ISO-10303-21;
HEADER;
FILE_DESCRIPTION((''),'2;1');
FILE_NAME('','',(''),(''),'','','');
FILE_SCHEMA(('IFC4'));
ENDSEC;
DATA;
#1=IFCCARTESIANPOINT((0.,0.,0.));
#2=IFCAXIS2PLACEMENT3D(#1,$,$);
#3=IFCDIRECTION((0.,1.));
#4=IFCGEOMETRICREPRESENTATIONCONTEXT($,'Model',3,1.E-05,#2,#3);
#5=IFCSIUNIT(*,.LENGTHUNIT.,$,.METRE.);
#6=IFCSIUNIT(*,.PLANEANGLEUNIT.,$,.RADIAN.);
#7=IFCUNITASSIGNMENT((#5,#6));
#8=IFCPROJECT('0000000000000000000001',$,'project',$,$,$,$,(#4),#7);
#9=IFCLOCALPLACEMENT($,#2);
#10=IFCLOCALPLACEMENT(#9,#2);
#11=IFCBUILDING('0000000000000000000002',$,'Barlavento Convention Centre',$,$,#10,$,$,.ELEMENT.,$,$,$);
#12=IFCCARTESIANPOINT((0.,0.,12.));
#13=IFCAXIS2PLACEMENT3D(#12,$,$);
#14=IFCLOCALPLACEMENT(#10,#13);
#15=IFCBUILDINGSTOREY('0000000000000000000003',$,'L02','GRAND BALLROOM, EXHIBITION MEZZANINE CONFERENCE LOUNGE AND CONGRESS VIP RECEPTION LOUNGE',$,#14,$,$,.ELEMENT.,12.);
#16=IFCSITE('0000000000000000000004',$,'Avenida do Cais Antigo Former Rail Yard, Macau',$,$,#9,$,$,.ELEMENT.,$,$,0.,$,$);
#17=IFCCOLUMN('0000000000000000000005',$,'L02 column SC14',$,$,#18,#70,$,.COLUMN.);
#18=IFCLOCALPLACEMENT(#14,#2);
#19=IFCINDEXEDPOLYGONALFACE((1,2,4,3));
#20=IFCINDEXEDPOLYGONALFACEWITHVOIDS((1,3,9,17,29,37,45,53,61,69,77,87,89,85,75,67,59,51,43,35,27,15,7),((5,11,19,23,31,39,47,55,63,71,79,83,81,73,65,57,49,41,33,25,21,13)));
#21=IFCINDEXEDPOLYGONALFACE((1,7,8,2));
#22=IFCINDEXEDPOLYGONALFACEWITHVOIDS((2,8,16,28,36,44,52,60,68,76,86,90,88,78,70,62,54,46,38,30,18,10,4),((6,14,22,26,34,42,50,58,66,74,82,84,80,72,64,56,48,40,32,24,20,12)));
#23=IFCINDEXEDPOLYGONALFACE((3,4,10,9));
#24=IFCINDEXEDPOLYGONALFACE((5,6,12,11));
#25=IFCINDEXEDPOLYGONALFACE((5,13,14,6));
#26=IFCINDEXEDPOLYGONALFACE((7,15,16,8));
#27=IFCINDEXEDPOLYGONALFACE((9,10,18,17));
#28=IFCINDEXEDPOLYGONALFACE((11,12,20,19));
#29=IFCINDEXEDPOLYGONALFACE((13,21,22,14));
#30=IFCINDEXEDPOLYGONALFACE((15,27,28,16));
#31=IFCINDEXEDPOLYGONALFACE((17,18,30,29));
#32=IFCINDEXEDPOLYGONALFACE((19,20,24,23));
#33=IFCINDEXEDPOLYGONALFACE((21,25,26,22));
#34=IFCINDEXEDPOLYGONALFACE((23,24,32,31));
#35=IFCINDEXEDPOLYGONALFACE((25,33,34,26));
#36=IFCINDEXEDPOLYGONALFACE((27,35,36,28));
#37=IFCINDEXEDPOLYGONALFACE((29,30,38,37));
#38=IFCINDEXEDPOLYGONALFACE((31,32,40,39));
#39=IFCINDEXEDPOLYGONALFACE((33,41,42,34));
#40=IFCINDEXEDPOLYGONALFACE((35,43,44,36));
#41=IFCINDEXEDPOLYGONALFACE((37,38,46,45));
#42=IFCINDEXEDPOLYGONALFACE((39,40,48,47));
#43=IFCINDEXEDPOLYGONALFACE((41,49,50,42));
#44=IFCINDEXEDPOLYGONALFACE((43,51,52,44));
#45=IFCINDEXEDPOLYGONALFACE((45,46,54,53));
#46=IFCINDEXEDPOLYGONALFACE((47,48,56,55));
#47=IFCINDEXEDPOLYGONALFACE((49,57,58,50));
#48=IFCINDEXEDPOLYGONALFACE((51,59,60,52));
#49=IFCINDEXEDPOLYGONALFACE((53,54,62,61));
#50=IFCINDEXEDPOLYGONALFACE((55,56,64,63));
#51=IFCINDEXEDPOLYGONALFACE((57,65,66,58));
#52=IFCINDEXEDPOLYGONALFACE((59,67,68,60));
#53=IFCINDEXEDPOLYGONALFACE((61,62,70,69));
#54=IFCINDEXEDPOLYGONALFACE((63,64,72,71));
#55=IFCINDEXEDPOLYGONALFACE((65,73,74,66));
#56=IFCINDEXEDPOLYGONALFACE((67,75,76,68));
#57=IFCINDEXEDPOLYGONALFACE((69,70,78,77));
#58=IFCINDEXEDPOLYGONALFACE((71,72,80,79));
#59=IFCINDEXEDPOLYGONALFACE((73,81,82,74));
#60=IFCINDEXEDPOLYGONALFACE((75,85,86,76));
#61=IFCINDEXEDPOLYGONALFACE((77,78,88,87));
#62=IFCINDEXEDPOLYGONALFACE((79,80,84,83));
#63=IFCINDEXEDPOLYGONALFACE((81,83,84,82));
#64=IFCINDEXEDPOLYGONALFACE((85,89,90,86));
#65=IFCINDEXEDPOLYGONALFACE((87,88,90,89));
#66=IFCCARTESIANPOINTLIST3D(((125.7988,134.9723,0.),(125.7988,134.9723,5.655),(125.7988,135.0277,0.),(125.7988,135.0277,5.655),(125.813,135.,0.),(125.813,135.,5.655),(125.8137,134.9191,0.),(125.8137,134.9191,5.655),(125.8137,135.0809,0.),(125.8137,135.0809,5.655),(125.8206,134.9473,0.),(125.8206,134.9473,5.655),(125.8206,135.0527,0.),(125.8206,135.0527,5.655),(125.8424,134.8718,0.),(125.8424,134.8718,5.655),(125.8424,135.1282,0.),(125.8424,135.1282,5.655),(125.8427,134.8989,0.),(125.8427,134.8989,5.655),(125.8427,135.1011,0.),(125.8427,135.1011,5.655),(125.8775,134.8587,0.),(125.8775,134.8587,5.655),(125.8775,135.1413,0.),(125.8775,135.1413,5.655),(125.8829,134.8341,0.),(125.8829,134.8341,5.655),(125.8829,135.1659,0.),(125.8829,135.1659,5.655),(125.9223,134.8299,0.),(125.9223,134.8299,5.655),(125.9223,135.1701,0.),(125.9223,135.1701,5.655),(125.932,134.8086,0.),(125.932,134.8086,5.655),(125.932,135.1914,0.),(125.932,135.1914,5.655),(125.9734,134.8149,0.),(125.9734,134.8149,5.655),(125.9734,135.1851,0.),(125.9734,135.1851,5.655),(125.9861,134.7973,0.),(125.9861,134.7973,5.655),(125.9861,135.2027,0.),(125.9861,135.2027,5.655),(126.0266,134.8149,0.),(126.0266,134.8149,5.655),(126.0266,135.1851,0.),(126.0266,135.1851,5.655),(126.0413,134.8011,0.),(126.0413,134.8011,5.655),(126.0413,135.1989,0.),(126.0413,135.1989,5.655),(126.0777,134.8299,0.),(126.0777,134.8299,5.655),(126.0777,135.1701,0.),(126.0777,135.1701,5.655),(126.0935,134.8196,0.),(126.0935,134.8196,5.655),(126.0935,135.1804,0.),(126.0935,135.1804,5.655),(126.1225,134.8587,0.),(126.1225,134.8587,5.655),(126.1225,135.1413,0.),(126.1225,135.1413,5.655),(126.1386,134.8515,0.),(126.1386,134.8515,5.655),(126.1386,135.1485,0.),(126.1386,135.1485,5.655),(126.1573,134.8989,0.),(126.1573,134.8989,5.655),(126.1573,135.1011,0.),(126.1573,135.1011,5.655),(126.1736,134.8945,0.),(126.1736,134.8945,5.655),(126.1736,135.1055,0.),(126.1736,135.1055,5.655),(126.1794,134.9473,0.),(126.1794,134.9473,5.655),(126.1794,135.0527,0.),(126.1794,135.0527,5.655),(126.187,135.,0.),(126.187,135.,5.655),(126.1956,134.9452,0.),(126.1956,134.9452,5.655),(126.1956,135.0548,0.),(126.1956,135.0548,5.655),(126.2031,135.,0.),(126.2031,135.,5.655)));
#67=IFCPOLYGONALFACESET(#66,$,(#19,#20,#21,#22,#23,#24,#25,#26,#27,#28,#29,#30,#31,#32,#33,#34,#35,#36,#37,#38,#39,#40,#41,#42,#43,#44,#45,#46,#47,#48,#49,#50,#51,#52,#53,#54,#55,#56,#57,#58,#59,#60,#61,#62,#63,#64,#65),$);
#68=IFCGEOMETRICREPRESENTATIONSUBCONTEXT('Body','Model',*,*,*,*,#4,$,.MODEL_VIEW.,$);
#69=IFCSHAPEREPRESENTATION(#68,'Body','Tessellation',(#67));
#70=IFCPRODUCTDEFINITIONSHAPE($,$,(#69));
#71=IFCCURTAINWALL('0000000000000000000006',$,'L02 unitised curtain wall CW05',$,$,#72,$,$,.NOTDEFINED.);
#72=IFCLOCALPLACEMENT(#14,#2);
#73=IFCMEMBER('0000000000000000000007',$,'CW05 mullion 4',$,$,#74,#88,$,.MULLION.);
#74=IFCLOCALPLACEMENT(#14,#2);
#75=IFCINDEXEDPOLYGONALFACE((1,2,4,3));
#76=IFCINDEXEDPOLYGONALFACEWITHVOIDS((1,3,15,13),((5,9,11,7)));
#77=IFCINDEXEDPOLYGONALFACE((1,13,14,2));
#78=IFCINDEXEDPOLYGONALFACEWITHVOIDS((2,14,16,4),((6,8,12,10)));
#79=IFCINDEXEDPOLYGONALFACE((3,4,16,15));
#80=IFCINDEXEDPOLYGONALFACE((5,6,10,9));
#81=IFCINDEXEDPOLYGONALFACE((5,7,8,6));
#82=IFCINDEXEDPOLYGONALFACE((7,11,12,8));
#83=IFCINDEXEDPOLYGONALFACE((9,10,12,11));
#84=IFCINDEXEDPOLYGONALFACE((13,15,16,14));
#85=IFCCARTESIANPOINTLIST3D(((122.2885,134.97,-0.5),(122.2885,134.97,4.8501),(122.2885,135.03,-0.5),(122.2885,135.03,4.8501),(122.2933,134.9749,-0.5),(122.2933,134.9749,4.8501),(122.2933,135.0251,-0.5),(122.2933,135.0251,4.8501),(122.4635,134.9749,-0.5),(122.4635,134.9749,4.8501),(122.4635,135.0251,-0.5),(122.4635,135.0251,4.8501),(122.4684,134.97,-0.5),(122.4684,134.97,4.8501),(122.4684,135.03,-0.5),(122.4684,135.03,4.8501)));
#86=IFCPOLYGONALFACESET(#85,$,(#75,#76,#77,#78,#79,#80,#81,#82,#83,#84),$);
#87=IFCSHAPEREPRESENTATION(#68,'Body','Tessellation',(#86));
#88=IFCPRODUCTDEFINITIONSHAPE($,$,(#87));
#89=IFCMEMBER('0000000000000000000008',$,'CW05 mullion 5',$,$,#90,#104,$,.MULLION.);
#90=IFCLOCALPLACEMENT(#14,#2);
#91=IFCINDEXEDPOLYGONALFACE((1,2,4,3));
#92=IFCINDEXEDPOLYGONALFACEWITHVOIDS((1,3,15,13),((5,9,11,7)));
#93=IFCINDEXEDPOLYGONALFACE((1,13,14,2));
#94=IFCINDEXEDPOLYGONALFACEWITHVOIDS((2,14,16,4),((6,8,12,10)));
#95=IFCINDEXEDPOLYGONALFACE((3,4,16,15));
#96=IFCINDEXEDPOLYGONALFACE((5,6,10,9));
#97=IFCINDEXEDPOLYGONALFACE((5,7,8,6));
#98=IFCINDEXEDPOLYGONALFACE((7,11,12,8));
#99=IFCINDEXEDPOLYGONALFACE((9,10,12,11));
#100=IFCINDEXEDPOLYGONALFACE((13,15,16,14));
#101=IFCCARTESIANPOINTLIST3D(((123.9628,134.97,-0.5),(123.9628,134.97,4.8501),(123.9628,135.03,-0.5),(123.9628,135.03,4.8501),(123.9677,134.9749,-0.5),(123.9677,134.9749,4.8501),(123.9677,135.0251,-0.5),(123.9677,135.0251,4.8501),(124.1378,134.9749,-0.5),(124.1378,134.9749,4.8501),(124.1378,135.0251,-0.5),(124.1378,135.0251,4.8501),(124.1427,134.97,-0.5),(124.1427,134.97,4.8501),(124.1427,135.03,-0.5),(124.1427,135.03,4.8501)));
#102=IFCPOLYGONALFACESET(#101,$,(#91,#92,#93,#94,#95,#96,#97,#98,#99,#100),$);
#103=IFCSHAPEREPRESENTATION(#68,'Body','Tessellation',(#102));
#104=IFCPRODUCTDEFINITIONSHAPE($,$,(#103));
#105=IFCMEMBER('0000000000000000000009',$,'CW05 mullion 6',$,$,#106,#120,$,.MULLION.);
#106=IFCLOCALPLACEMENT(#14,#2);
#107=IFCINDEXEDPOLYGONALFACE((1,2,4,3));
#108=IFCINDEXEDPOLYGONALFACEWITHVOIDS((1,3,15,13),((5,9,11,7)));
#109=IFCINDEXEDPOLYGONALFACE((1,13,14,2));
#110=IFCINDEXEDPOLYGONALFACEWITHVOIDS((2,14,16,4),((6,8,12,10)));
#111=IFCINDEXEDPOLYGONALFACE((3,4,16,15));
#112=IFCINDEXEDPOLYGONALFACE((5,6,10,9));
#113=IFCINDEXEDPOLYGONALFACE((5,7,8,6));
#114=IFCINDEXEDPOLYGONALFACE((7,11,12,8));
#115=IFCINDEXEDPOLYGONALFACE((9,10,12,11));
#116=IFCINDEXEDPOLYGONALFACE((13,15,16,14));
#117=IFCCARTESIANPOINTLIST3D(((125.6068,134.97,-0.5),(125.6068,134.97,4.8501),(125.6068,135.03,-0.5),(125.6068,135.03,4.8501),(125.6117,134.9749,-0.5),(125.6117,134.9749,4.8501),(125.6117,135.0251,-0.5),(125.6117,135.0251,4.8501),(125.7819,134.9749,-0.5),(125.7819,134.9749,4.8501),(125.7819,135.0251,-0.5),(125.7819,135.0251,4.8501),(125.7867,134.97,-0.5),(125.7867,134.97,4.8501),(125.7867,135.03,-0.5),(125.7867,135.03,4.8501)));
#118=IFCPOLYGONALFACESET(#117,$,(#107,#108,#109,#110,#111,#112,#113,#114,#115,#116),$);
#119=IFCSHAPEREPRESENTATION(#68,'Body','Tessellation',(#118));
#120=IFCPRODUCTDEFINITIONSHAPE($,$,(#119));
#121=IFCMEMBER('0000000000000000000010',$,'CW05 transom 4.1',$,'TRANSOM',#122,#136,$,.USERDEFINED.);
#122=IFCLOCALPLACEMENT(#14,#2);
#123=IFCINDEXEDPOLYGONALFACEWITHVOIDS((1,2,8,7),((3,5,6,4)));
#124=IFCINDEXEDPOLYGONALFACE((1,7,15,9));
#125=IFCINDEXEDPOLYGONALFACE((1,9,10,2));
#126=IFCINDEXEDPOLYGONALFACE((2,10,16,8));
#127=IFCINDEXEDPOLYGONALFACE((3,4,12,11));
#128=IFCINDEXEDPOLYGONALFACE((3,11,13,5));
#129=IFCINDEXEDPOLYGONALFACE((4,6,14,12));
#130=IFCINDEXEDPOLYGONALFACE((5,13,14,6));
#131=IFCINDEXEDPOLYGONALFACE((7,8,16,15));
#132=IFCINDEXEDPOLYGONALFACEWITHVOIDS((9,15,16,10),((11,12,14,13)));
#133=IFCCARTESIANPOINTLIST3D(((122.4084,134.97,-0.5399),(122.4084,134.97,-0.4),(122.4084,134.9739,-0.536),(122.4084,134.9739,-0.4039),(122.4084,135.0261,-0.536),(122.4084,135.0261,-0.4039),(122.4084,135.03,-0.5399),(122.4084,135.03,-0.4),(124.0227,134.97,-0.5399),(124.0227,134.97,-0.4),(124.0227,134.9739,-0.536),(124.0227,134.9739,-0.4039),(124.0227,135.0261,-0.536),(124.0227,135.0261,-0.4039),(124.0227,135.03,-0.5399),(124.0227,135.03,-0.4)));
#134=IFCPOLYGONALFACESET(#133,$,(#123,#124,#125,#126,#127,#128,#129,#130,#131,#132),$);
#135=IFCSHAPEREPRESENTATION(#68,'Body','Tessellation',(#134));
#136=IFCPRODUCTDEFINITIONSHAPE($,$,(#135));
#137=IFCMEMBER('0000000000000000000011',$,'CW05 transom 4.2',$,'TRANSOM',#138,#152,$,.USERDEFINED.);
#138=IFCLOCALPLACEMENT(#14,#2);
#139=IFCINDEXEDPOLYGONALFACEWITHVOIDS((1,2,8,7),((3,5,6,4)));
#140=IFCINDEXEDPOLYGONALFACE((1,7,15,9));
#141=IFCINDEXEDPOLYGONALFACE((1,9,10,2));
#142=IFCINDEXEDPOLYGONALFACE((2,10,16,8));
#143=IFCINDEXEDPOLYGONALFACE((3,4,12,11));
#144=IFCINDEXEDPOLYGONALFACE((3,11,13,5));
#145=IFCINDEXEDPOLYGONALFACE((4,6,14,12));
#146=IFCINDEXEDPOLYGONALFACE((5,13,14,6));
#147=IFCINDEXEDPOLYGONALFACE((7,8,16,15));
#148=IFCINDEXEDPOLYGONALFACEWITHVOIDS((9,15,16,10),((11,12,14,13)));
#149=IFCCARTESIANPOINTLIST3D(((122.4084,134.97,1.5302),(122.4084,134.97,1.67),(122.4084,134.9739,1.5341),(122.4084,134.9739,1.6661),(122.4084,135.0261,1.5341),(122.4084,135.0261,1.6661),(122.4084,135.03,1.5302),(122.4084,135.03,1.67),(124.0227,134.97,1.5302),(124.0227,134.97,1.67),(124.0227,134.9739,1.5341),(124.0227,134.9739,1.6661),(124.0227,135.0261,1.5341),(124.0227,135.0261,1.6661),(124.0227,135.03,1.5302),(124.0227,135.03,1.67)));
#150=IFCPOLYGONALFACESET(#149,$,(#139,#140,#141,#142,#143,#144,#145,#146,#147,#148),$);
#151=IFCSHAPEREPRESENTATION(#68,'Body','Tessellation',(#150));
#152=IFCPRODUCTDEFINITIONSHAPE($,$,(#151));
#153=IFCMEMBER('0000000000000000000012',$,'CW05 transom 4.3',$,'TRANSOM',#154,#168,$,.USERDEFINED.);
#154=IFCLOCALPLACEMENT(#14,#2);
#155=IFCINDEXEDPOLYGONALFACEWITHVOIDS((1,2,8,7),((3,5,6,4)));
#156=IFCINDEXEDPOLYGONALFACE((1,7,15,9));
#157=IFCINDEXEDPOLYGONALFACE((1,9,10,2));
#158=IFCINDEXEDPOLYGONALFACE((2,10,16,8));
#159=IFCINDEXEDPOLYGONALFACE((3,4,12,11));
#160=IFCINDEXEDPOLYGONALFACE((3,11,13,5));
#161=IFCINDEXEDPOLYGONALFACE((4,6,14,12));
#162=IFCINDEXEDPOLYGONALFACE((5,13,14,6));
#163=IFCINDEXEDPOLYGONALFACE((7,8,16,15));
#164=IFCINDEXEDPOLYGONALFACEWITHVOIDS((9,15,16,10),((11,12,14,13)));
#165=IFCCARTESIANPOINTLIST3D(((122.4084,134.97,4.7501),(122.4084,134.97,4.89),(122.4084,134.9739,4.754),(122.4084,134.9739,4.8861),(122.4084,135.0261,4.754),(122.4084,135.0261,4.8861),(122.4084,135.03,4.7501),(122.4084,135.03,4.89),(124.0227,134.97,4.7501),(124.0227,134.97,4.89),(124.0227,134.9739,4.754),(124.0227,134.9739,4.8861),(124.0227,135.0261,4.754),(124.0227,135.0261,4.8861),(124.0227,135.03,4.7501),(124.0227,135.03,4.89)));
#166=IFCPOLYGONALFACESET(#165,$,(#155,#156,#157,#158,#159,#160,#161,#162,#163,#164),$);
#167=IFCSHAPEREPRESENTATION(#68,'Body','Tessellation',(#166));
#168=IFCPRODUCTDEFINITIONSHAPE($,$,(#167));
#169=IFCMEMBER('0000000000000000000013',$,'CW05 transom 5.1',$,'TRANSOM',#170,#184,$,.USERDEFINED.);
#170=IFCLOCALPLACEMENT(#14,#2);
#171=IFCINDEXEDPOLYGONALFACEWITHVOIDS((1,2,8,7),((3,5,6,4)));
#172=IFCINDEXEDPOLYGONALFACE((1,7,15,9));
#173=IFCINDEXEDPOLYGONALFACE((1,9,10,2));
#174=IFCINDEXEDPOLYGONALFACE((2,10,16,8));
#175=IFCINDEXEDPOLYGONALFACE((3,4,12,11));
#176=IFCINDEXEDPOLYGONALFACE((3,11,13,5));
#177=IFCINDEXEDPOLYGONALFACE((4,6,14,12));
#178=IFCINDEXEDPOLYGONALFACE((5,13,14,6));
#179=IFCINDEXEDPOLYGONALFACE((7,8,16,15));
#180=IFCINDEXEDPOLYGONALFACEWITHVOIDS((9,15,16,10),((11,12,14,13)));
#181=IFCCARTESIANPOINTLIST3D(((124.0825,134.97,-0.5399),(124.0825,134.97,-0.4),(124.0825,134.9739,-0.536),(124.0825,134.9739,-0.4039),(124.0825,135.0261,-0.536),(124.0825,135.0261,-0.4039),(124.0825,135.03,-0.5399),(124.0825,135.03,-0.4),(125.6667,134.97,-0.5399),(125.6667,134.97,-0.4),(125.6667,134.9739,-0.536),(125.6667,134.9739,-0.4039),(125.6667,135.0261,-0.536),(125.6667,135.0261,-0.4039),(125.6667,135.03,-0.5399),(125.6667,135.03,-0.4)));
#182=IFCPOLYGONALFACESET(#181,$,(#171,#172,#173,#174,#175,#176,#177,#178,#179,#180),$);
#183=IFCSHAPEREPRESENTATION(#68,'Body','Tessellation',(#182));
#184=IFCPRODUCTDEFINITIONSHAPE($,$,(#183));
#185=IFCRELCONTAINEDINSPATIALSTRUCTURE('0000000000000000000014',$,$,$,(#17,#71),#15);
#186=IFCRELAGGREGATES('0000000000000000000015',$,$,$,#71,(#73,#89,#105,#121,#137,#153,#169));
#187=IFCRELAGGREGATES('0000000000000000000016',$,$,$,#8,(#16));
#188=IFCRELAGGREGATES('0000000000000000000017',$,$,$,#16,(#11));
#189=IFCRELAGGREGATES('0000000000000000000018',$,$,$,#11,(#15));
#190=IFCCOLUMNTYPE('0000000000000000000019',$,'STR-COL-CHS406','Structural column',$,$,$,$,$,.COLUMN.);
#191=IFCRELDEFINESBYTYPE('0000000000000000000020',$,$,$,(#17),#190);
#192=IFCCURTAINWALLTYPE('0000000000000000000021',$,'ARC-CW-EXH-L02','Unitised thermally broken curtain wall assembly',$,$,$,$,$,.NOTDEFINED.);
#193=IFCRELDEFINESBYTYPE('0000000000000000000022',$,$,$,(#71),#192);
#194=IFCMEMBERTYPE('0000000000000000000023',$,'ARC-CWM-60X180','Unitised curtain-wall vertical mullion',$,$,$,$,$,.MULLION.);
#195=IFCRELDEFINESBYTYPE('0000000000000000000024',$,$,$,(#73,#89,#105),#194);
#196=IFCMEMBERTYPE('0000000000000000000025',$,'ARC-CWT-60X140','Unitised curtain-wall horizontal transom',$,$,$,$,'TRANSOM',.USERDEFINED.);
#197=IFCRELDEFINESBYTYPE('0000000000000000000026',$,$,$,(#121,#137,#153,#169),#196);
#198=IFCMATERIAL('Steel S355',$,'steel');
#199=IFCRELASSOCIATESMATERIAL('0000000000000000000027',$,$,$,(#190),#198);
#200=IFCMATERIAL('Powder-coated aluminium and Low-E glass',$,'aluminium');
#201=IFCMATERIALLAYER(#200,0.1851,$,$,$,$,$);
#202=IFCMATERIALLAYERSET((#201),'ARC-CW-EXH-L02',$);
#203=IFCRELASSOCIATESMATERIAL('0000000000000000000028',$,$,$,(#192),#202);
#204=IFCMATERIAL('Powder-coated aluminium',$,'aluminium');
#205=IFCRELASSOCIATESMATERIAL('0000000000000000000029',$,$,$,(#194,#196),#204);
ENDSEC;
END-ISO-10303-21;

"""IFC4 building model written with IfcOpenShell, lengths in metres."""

from ifc_helpers import new_model, si_unit, direction, frame, origin, origin_2d, place, context, subcontext, project, spatial, hollow_rectangle, hollow_circle, extrude, material, layer, layer_set, material_profile, profile_set, type_object, element, aggregate, save


model = new_model("IFC4")

# Units and contexts
model_context = context("Model", 3, precision=1e-05, world=origin(), true_north=direction((0.0, 1.0)))
body_context = subcontext(model_context, "Body", "Model", "MODEL_VIEW")
ifc_project = project(units=[si_unit("LENGTHUNIT", "METRE"), si_unit("PLANEANGLEUNIT", "RADIAN")], contexts=[model_context])

# Site, building, storey
site_placement = place(None, origin())
site = spatial("IfcSite", under=ifc_project, at=site_placement, Name="Avenida do Cais Antigo Former Rail Yard, Macau", CompositionType="ELEMENT", RefElevation=0.0)
building_placement = place(site_placement, origin())
building = spatial("IfcBuilding", under=site, at=building_placement, Name="Barlavento Convention Centre", CompositionType="ELEMENT")
storey_placement = place(building_placement, frame((0.0, 0.0, 12.0)))
storey = spatial("IfcBuildingStorey", under=building, at=storey_placement, Name="L02", Description="GRAND BALLROOM, EXHIBITION MEZZANINE CONFERENCE LOUNGE AND CONGRESS VIP RECEPTION LOUNGE", CompositionType="ELEMENT", Elevation=12.0)

# Column
ifc_material_1 = material(Name="Steel S355", Category="steel")
ifc_material_profile_1 = material_profile(ifc_material_1, hollow_circle(Radius=0.2031, WallThickness=0.0161, at=origin_2d()), Name="CHS 406.4x16.0")
ifc_profile_set_1 = profile_set([ifc_material_profile_1], Name="Steel S355")
column_type = type_object("IfcColumnType", Name="STR-COL-CHS406", Description="Structural column", PredefinedType="COLUMN", material=ifc_profile_set_1)
column_placement = place(storey_placement, frame((126.0, 135.0, 0.0), z_axis=(0.0, 0.0, 1.0), x_axis=(1.0, 0.0, 0.0)))
element("IfcColumn", 1, at=column_placement, inside=storey, type_object=column_type, Name="L02 column SC14", PredefinedType="COLUMN", context=body_context, shape_type="SweptSolid", body=[
    extrude(hollow_circle(Radius=0.2031, WallThickness=0.0161, at=origin_2d()), origin(), (0.0, 0.0, 1.0), 5.655),
])

# Curtain wall, members
ifc_material_2 = material(Name="Powder-coated aluminium and Low-E glass", Category="aluminium")
ifc_layer_1 = layer(ifc_material_2, 0.1851)
ifc_layer_set_1 = layer_set([ifc_layer_1], Name="ARC-CW-EXH-L02")
curtain_wall_type = type_object("IfcCurtainWallType", Name="ARC-CW-EXH-L02", Description="Unitised thermally broken curtain wall assembly", PredefinedType="NOTDEFINED", material=ifc_layer_set_1)
curtain_wall_placement = place(storey_placement, origin())
curtain_wall = element("IfcCurtainWall", 2, at=curtain_wall_placement, inside=storey, type_object=curtain_wall_type, Name="L02 unitised curtain wall CW05", PredefinedType="NOTDEFINED")
ifc_material_3 = material(Name="Powder-coated aluminium", Category="aluminium")
ifc_material_profile_2 = material_profile(ifc_material_3, hollow_rectangle(XDim=0.0601, YDim=0.1799, WallThickness=0.0049, at=origin_2d()), Name="AL-MULL 60x180x5")
ifc_profile_set_2 = profile_set([ifc_material_profile_2], Name="Powder-coated aluminium")
member_type_1 = type_object("IfcMemberType", Name="ARC-CWM-60X180", Description="Unitised curtain-wall vertical mullion", PredefinedType="MULLION", material=ifc_profile_set_2)
member_1_placement = place(storey_placement, frame((122.3784, 135.0, -0.5), z_axis=(0.0, 0.0, 1.0), x_axis=(0.0, 1.0, 0.0)))
member_1 = element("IfcMember", 3, at=member_1_placement, type_object=member_type_1, Name="CW05 mullion 4", PredefinedType="MULLION", context=body_context, shape_type="SweptSolid", body=[
    extrude(hollow_rectangle(XDim=0.0601, YDim=0.1799, WallThickness=0.0049, at=origin_2d()), origin(), (0.0, 0.0, 1.0), 5.3501),
])
member_2_placement = place(storey_placement, frame((124.0527, 135.0, -0.5), z_axis=(0.0, 0.0, 1.0), x_axis=(0.0, 1.0, 0.0)))
member_2 = element("IfcMember", 4, at=member_2_placement, type_object=member_type_1, Name="CW05 mullion 5", PredefinedType="MULLION", context=body_context, shape_type="SweptSolid", body=[
    extrude(hollow_rectangle(XDim=0.0601, YDim=0.1799, WallThickness=0.0049, at=origin_2d()), origin(), (0.0, 0.0, 1.0), 5.3501),
])
member_3_placement = place(storey_placement, frame((125.6968, 135.0, -0.5), z_axis=(0.0, 0.0, 1.0), x_axis=(0.0, 1.0, 0.0)))
member_3 = element("IfcMember", 5, at=member_3_placement, type_object=member_type_1, Name="CW05 mullion 6", PredefinedType="MULLION", context=body_context, shape_type="SweptSolid", body=[
    extrude(hollow_rectangle(XDim=0.0601, YDim=0.1799, WallThickness=0.0049, at=origin_2d()), origin(), (0.0, 0.0, 1.0), 5.3501),
])
ifc_material_profile_3 = material_profile(ifc_material_3, hollow_rectangle(XDim=0.0601, YDim=0.1399, WallThickness=0.0039, at=origin_2d()), Name="AL-TRAN 60x140x4")
ifc_profile_set_3 = profile_set([ifc_material_profile_3], Name="Powder-coated aluminium")
member_type_2 = type_object("IfcMemberType", Name="ARC-CWT-60X140", Description="Unitised curtain-wall horizontal transom", ElementType="TRANSOM", PredefinedType="USERDEFINED", material=ifc_profile_set_3)
member_4_placement = place(storey_placement, frame((122.4084, 135.0, -0.47), z_axis=(1.0, 0.0, 0.0), x_axis=(0.0, 1.0, 0.0)))
member_4 = element("IfcMember", 6, at=member_4_placement, type_object=member_type_2, Name="CW05 transom 4.1", ObjectType="TRANSOM", PredefinedType="USERDEFINED", context=body_context, shape_type="SweptSolid", body=[
    extrude(hollow_rectangle(XDim=0.0601, YDim=0.1399, WallThickness=0.0039, at=origin_2d()), origin(), (0.0, 0.0, 1.0), 1.6143),
])
member_5_placement = place(storey_placement, frame((122.4084, 135.0, 1.6001), z_axis=(1.0, 0.0, 0.0), x_axis=(0.0, 1.0, 0.0)))
member_5 = element("IfcMember", 7, at=member_5_placement, type_object=member_type_2, Name="CW05 transom 4.2", ObjectType="TRANSOM", PredefinedType="USERDEFINED", context=body_context, shape_type="SweptSolid", body=[
    extrude(hollow_rectangle(XDim=0.0601, YDim=0.1399, WallThickness=0.0039, at=origin_2d()), origin(), (0.0, 0.0, 1.0), 1.6143),
])
member_6_placement = place(storey_placement, frame((122.4084, 135.0, 4.8201), z_axis=(1.0, 0.0, 0.0), x_axis=(0.0, 1.0, 0.0)))
member_6 = element("IfcMember", 8, at=member_6_placement, type_object=member_type_2, Name="CW05 transom 4.3", ObjectType="TRANSOM", PredefinedType="USERDEFINED", context=body_context, shape_type="SweptSolid", body=[
    extrude(hollow_rectangle(XDim=0.0601, YDim=0.1399, WallThickness=0.0039, at=origin_2d()), origin(), (0.0, 0.0, 1.0), 1.6143),
])
member_7_placement = place(storey_placement, frame((124.0825, 135.0, -0.47), z_axis=(1.0, 0.0, 0.0), x_axis=(0.0, 1.0, 0.0)))
member_7 = element("IfcMember", 9, at=member_7_placement, type_object=member_type_2, Name="CW05 transom 5.1", ObjectType="TRANSOM", PredefinedType="USERDEFINED", context=body_context, shape_type="SweptSolid", body=[
    extrude(hollow_rectangle(XDim=0.0601, YDim=0.1399, WallThickness=0.0039, at=origin_2d()), origin(), (0.0, 0.0, 1.0), 1.5842),
])
aggregate(curtain_wall, [member_1, member_2, member_3, member_4, member_5, member_6, member_7])

save(model, "model.ifc")
